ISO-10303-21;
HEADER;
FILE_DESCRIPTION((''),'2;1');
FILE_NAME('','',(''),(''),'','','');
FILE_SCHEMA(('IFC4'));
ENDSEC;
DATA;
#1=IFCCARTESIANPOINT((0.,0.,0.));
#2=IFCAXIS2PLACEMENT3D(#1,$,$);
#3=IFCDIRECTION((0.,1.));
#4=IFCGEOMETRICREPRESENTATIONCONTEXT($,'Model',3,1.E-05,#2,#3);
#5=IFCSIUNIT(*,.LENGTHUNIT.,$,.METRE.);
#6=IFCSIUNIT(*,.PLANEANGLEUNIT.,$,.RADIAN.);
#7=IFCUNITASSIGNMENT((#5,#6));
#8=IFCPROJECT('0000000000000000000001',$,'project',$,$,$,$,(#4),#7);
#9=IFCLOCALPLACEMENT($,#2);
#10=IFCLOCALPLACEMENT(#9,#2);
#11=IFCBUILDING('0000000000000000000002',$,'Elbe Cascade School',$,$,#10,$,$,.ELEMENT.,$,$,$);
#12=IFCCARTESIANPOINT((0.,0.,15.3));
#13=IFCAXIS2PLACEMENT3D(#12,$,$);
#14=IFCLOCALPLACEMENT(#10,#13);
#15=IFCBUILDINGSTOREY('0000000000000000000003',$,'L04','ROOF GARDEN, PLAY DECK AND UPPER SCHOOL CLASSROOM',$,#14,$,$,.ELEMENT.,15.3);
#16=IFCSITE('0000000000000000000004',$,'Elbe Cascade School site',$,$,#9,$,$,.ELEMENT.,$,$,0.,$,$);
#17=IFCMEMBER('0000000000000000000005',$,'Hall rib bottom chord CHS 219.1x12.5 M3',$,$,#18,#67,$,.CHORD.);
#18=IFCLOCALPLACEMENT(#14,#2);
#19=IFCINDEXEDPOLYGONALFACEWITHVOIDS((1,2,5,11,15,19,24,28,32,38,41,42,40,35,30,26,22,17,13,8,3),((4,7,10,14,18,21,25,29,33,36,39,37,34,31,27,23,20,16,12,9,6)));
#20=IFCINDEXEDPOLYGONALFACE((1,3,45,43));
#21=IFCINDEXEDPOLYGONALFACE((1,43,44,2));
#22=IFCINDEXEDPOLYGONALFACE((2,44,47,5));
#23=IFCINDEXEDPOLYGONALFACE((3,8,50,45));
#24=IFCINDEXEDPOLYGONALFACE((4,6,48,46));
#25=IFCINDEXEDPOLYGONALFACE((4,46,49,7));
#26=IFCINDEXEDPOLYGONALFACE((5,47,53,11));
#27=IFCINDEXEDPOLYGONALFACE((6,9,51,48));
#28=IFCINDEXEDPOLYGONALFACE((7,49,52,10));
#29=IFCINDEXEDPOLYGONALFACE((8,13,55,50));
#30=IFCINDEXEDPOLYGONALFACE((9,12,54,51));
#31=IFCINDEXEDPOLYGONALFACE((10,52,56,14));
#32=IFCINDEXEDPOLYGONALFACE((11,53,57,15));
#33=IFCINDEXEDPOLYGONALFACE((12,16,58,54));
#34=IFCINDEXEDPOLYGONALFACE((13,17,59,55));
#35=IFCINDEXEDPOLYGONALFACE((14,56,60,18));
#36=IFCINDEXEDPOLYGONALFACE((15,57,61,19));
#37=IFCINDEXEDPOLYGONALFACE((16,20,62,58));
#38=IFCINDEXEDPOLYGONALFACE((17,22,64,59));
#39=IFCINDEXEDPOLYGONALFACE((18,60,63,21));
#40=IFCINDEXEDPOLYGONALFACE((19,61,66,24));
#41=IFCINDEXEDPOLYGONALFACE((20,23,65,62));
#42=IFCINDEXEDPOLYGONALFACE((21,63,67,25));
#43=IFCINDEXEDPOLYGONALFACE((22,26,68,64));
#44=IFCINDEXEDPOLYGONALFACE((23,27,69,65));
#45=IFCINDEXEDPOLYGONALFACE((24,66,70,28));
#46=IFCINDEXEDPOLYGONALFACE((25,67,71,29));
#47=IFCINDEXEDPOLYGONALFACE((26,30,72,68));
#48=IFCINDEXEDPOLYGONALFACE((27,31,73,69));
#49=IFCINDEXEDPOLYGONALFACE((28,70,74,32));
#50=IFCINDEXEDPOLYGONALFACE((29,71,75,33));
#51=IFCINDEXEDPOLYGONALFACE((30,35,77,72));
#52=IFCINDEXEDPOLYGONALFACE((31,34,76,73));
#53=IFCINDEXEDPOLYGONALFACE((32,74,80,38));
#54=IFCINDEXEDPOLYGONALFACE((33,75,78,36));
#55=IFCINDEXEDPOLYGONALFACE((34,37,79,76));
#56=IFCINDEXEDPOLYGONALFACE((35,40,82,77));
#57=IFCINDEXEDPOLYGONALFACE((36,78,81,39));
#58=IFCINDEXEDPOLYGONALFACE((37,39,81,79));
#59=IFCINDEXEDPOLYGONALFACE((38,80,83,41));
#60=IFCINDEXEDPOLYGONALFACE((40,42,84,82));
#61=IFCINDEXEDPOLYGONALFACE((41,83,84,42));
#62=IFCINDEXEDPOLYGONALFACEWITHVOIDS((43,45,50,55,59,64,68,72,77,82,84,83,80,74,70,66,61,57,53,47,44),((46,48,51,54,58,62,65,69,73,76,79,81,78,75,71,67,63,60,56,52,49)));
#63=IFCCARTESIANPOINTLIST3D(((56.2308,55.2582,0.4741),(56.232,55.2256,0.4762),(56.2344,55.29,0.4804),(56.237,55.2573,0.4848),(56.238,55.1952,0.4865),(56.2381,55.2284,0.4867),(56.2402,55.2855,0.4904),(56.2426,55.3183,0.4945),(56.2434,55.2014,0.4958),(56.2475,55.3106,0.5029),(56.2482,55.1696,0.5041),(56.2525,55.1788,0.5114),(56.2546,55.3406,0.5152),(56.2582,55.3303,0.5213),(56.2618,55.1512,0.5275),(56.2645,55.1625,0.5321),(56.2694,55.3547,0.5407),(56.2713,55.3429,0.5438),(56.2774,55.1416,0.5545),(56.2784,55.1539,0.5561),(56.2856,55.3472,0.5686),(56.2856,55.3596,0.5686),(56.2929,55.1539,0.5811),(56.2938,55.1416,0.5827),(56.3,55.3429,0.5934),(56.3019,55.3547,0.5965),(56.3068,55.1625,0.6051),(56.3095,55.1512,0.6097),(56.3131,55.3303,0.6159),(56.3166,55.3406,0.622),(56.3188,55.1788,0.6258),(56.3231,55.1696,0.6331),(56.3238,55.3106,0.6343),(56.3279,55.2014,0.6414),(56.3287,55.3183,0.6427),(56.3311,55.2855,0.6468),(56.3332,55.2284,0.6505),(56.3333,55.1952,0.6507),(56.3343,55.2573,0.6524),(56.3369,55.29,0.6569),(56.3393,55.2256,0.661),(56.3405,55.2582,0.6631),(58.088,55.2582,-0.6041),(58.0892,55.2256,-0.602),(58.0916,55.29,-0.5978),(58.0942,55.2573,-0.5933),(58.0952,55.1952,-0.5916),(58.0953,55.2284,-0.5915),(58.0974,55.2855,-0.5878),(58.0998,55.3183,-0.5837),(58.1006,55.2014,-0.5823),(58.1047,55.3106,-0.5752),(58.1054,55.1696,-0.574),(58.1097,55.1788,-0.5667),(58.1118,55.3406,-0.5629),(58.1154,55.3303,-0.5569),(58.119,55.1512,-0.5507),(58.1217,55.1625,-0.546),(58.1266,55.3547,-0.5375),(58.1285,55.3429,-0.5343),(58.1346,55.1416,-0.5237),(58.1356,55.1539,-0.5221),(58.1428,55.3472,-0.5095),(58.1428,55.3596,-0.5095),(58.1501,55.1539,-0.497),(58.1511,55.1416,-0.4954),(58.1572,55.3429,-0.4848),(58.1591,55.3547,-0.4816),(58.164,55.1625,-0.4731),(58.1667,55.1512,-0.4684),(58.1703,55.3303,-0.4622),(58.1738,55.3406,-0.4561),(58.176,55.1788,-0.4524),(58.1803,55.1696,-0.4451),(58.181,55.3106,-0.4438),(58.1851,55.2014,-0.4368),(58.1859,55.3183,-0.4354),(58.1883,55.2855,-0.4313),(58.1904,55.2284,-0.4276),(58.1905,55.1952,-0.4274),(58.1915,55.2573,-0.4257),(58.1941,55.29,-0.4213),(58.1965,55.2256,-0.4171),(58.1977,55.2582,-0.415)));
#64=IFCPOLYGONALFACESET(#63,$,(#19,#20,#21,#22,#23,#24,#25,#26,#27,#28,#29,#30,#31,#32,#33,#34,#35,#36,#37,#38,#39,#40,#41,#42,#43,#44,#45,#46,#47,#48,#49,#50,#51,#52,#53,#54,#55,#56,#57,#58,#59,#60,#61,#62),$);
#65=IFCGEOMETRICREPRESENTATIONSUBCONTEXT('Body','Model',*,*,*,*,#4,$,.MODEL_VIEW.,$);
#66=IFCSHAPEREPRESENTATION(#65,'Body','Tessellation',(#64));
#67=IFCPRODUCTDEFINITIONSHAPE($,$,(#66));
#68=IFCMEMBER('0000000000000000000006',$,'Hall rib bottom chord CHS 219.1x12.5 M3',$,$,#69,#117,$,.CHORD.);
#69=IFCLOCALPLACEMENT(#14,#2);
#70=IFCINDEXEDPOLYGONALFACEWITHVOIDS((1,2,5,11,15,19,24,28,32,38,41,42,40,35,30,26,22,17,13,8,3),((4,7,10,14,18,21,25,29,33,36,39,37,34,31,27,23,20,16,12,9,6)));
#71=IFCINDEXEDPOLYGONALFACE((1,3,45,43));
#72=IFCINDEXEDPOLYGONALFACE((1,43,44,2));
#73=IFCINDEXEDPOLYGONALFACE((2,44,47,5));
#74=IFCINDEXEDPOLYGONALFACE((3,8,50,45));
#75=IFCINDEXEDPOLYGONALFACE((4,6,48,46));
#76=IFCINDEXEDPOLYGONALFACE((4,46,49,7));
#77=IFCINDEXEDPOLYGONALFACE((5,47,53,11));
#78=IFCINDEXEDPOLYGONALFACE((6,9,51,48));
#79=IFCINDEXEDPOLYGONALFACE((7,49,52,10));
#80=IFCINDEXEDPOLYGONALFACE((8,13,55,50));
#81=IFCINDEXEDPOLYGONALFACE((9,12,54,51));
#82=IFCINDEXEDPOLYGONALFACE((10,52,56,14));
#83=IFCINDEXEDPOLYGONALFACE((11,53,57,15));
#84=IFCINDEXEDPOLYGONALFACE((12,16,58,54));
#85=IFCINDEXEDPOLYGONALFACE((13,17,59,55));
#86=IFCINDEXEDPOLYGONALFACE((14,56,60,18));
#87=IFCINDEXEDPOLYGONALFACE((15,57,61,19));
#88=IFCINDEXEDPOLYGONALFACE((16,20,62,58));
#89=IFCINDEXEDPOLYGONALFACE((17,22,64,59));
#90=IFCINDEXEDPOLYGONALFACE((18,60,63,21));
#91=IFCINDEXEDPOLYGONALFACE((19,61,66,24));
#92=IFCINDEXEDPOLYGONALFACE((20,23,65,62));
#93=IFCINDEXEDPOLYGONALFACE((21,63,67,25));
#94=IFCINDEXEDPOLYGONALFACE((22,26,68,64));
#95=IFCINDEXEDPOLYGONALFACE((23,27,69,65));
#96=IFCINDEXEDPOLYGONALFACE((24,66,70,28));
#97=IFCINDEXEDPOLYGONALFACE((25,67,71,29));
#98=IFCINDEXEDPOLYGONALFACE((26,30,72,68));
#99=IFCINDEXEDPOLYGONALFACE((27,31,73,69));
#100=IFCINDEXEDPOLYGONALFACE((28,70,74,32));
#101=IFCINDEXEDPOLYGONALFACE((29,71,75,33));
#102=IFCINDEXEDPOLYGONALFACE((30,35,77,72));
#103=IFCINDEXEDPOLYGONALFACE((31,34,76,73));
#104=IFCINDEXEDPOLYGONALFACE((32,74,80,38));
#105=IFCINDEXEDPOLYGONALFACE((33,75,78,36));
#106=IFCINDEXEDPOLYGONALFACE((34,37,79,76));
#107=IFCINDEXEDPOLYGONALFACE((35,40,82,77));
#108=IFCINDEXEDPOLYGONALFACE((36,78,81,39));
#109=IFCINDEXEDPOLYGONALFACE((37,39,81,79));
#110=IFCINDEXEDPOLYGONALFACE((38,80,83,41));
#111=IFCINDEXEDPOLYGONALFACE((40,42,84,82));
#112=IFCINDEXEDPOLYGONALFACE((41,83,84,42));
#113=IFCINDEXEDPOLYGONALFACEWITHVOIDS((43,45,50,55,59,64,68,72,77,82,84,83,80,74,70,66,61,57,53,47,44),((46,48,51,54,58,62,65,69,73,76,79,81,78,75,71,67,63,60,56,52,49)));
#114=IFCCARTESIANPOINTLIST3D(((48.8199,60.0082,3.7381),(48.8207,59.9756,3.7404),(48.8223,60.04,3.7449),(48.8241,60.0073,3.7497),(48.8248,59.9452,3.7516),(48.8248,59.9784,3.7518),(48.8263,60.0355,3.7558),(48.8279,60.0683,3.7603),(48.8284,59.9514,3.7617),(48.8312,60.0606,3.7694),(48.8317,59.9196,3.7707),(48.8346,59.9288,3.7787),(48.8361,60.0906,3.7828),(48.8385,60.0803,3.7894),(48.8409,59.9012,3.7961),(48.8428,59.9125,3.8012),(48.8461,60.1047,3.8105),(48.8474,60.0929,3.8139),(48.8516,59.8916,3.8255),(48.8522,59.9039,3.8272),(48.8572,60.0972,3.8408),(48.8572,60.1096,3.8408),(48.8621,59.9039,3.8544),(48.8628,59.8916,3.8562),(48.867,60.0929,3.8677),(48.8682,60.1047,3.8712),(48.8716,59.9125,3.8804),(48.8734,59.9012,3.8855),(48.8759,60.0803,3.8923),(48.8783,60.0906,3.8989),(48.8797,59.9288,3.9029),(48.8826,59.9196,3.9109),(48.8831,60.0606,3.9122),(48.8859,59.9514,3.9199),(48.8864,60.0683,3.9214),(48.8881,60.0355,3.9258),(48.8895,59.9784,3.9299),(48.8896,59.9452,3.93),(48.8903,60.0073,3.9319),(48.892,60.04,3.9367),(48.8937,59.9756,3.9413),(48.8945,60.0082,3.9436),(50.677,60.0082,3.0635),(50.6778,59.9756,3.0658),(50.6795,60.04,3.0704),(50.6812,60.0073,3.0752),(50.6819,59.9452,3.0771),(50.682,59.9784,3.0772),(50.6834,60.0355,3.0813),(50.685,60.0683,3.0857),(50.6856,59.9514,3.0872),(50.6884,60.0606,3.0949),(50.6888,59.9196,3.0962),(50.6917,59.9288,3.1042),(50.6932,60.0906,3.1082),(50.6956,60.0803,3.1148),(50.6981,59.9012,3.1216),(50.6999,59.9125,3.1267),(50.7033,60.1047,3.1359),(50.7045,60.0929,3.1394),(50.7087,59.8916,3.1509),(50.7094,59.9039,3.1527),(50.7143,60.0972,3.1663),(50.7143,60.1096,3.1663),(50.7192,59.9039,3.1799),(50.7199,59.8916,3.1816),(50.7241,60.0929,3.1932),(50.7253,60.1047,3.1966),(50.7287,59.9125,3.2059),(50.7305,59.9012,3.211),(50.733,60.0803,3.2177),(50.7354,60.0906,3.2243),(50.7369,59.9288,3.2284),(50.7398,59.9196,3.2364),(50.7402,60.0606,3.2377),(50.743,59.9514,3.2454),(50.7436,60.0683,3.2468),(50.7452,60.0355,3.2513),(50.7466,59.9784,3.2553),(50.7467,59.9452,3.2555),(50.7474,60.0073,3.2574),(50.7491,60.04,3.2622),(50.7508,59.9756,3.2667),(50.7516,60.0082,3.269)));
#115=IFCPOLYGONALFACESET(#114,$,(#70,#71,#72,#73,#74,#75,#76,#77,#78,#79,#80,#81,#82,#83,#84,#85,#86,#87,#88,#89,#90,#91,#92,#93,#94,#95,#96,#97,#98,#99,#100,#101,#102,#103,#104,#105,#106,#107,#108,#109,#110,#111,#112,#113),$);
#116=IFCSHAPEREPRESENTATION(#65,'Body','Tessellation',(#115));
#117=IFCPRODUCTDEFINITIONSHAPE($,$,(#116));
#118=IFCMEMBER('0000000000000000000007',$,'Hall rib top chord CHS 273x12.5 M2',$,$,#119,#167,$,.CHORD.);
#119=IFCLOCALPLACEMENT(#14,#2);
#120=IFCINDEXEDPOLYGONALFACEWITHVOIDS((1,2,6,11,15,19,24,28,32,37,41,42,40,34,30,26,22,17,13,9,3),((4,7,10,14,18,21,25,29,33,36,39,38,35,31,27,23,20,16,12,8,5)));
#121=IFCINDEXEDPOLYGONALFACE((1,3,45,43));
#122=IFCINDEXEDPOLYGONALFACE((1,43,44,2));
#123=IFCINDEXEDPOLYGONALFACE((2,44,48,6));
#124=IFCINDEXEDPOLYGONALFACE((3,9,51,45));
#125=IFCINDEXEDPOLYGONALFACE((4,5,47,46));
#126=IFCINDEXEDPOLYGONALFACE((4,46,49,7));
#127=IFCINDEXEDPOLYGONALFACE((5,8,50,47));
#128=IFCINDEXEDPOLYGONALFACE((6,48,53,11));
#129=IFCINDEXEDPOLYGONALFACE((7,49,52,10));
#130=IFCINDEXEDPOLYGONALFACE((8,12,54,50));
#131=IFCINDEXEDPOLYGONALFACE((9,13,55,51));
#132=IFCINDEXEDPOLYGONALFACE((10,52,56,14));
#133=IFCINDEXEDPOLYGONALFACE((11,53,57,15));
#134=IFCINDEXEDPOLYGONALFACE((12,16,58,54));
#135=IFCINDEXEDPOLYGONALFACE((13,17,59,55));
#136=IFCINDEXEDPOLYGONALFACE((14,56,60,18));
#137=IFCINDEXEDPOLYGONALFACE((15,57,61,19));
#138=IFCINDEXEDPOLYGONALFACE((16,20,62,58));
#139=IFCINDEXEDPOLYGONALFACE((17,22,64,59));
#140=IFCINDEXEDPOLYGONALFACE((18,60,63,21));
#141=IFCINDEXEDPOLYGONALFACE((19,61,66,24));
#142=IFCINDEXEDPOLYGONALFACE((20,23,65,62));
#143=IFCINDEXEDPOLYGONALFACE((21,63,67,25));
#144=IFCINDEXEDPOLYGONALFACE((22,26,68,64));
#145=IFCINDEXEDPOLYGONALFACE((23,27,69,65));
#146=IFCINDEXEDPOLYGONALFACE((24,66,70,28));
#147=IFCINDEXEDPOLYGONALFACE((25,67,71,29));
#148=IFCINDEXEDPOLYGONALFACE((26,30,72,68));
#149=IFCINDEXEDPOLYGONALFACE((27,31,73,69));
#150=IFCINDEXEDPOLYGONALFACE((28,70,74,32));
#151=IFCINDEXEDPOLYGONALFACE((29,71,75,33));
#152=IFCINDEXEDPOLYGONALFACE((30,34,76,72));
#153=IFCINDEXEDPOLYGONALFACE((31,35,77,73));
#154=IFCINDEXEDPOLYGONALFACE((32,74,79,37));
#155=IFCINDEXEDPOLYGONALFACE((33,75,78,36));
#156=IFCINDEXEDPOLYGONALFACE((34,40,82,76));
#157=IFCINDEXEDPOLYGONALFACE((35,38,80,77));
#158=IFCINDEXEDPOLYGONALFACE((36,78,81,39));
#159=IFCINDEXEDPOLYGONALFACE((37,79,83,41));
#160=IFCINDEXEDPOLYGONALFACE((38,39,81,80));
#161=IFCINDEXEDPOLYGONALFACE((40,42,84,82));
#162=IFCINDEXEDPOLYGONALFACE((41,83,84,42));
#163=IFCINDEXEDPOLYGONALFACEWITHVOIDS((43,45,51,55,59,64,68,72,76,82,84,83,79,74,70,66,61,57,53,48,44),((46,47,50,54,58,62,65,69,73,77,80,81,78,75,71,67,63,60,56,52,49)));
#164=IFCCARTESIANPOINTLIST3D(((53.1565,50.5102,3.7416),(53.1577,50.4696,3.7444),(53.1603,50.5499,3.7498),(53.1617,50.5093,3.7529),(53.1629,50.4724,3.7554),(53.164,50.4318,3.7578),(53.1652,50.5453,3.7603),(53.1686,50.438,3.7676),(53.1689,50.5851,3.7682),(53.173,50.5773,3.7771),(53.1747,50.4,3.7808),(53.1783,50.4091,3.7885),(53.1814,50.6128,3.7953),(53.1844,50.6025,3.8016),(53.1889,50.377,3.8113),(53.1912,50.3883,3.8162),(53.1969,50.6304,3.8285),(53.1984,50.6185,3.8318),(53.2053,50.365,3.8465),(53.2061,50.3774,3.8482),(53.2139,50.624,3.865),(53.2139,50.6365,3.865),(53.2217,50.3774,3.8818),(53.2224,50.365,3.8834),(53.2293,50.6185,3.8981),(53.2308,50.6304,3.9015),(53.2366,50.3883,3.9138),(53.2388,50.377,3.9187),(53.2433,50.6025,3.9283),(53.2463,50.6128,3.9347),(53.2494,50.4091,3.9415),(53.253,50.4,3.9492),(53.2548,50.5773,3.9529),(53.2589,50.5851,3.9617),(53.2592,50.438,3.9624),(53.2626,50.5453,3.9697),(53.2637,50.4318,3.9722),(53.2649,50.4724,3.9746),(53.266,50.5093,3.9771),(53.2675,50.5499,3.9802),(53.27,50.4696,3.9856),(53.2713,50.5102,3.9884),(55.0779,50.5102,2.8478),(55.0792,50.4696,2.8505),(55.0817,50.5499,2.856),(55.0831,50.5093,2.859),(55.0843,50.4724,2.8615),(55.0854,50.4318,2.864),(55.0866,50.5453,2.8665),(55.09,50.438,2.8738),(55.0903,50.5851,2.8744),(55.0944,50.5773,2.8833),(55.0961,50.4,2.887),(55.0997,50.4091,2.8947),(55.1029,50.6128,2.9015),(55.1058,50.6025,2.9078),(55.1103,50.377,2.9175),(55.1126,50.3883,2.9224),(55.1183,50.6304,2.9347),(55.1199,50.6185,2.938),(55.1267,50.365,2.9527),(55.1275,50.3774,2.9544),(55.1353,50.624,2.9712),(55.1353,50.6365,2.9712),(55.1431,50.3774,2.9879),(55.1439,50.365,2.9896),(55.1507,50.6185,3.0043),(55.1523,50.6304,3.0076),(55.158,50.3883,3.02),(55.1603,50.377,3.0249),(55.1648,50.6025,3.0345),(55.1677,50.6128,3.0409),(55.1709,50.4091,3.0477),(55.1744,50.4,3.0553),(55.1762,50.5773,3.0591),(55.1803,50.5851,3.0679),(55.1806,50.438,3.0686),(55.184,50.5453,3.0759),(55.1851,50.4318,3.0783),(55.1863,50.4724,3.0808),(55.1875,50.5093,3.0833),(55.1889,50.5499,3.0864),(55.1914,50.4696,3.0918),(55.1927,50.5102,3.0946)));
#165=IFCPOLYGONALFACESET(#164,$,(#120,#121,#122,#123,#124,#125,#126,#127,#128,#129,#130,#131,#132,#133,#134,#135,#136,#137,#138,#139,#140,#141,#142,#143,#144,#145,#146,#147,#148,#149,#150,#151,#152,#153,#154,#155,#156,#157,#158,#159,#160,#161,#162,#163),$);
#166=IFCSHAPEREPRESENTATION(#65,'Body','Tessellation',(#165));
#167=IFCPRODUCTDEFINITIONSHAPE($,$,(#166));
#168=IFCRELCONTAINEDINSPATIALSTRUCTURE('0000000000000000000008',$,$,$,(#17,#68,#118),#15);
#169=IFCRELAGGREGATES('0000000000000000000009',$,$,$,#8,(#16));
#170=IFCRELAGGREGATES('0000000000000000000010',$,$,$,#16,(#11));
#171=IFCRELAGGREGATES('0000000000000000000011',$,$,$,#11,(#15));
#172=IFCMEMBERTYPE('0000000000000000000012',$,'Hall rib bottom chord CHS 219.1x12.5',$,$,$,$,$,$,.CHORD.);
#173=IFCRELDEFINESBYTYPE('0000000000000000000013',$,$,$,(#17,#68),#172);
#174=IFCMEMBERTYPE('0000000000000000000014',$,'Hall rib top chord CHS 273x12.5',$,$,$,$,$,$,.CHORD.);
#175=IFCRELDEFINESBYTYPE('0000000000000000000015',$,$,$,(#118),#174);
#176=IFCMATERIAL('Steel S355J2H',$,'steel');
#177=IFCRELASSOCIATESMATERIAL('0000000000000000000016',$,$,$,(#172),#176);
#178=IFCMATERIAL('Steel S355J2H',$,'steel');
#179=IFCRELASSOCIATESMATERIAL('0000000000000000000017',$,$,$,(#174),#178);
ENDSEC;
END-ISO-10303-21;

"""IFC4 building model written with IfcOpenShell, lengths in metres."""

from ifc_helpers import new_model, si_unit, direction, frame, origin, origin_2d, place, context, subcontext, project, spatial, hollow_circle, extrude, material, material_profile, profile_set, type_object, element, save


model = new_model("IFC4")

# Units and contexts
model_context = context("Model", 3, precision=1e-05, world=origin(), true_north=direction((0.0, 1.0)))
body_context = subcontext(model_context, "Body", "Model", "MODEL_VIEW")
ifc_project = project(units=[si_unit("LENGTHUNIT", "METRE"), si_unit("PLANEANGLEUNIT", "RADIAN")], contexts=[model_context])

# Site, building, storey
site_placement = place(None, origin())
site = spatial("IfcSite", under=ifc_project, at=site_placement, Name="Elbe Cascade School site", CompositionType="ELEMENT", RefElevation=0.0)
building_placement = place(site_placement, origin())
building = spatial("IfcBuilding", under=site, at=building_placement, Name="Elbe Cascade School", CompositionType="ELEMENT")
storey_placement = place(building_placement, frame((0.0, 0.0, 15.3)))
storey = spatial("IfcBuildingStorey", under=building, at=storey_placement, Name="L04", Description="ROOF GARDEN, PLAY DECK AND UPPER SCHOOL CLASSROOM", CompositionType="ELEMENT", Elevation=15.3)

# Members
ifc_material_1 = material(Name="Steel S355J2H", Category="steel")
ifc_material_profile_1 = material_profile(ifc_material_1, hollow_circle(Radius=0.1096, WallThickness=0.0125, at=origin_2d()), Name="CHS 219.1x12.5")
ifc_profile_set_1 = profile_set([ifc_material_profile_1], Name="Steel S355J2H")
member_type_1 = type_object("IfcMemberType", Name="Hall rib bottom chord CHS 219.1x12.5", PredefinedType="CHORD", material=ifc_profile_set_1)
member_1_placement = place(storey_placement, frame((56.2856, 55.25, 0.5686), z_axis=(0.864837, 0.0, -0.502053), x_axis=(0.0, 1.0, 0.0)))
element("IfcMember", 1, at=member_1_placement, inside=storey, type_object=member_type_1, Name="Hall rib bottom chord CHS 219.1x12.5 M3", PredefinedType="CHORD", context=body_context, shape_type="SweptSolid", body=[
    extrude(hollow_circle(Radius=0.1096, WallThickness=0.0125, at=origin_2d()), origin(), (0.0, 0.0, 1.0), 2.1475),
])
member_2_placement = place(storey_placement, frame((48.8572, 60.0, 3.8408), z_axis=(0.93992, 0.0, -0.341396), x_axis=(0.0, 1.0, 0.0)))
element("IfcMember", 2, at=member_2_placement, inside=storey, type_object=member_type_1, Name="Hall rib bottom chord CHS 219.1x12.5 M3", PredefinedType="CHORD", context=body_context, shape_type="SweptSolid", body=[
    extrude(hollow_circle(Radius=0.1096, WallThickness=0.0125, at=origin_2d()), origin(), (0.0, 0.0, 1.0), 1.9758),
])
ifc_material_2 = material(Name="Steel S355J2H", Category="steel")
ifc_material_profile_2 = material_profile(ifc_material_2, hollow_circle(Radius=0.1365, WallThickness=0.0125, at=origin_2d()), Name="CHS 273x12.5")
ifc_profile_set_2 = profile_set([ifc_material_profile_2], Name="Steel S355J2H")
member_type_2 = type_object("IfcMemberType", Name="Hall rib top chord CHS 273x12.5", PredefinedType="CHORD", material=ifc_profile_set_2)
member_3_placement = place(storey_placement, frame((53.2139, 50.5, 3.865), z_axis=(0.906698, 0.0, -0.421781), x_axis=(0.0, 1.0, 0.0)))
element("IfcMember", 3, at=member_3_placement, inside=storey, type_object=member_type_2, Name="Hall rib top chord CHS 273x12.5 M2", PredefinedType="CHORD", context=body_context, shape_type="SweptSolid", body=[
    extrude(hollow_circle(Radius=0.1365, WallThickness=0.0125, at=origin_2d()), origin(), (0.0, 0.0, 1.0), 2.1191),
])

save(model, "model.ifc")
